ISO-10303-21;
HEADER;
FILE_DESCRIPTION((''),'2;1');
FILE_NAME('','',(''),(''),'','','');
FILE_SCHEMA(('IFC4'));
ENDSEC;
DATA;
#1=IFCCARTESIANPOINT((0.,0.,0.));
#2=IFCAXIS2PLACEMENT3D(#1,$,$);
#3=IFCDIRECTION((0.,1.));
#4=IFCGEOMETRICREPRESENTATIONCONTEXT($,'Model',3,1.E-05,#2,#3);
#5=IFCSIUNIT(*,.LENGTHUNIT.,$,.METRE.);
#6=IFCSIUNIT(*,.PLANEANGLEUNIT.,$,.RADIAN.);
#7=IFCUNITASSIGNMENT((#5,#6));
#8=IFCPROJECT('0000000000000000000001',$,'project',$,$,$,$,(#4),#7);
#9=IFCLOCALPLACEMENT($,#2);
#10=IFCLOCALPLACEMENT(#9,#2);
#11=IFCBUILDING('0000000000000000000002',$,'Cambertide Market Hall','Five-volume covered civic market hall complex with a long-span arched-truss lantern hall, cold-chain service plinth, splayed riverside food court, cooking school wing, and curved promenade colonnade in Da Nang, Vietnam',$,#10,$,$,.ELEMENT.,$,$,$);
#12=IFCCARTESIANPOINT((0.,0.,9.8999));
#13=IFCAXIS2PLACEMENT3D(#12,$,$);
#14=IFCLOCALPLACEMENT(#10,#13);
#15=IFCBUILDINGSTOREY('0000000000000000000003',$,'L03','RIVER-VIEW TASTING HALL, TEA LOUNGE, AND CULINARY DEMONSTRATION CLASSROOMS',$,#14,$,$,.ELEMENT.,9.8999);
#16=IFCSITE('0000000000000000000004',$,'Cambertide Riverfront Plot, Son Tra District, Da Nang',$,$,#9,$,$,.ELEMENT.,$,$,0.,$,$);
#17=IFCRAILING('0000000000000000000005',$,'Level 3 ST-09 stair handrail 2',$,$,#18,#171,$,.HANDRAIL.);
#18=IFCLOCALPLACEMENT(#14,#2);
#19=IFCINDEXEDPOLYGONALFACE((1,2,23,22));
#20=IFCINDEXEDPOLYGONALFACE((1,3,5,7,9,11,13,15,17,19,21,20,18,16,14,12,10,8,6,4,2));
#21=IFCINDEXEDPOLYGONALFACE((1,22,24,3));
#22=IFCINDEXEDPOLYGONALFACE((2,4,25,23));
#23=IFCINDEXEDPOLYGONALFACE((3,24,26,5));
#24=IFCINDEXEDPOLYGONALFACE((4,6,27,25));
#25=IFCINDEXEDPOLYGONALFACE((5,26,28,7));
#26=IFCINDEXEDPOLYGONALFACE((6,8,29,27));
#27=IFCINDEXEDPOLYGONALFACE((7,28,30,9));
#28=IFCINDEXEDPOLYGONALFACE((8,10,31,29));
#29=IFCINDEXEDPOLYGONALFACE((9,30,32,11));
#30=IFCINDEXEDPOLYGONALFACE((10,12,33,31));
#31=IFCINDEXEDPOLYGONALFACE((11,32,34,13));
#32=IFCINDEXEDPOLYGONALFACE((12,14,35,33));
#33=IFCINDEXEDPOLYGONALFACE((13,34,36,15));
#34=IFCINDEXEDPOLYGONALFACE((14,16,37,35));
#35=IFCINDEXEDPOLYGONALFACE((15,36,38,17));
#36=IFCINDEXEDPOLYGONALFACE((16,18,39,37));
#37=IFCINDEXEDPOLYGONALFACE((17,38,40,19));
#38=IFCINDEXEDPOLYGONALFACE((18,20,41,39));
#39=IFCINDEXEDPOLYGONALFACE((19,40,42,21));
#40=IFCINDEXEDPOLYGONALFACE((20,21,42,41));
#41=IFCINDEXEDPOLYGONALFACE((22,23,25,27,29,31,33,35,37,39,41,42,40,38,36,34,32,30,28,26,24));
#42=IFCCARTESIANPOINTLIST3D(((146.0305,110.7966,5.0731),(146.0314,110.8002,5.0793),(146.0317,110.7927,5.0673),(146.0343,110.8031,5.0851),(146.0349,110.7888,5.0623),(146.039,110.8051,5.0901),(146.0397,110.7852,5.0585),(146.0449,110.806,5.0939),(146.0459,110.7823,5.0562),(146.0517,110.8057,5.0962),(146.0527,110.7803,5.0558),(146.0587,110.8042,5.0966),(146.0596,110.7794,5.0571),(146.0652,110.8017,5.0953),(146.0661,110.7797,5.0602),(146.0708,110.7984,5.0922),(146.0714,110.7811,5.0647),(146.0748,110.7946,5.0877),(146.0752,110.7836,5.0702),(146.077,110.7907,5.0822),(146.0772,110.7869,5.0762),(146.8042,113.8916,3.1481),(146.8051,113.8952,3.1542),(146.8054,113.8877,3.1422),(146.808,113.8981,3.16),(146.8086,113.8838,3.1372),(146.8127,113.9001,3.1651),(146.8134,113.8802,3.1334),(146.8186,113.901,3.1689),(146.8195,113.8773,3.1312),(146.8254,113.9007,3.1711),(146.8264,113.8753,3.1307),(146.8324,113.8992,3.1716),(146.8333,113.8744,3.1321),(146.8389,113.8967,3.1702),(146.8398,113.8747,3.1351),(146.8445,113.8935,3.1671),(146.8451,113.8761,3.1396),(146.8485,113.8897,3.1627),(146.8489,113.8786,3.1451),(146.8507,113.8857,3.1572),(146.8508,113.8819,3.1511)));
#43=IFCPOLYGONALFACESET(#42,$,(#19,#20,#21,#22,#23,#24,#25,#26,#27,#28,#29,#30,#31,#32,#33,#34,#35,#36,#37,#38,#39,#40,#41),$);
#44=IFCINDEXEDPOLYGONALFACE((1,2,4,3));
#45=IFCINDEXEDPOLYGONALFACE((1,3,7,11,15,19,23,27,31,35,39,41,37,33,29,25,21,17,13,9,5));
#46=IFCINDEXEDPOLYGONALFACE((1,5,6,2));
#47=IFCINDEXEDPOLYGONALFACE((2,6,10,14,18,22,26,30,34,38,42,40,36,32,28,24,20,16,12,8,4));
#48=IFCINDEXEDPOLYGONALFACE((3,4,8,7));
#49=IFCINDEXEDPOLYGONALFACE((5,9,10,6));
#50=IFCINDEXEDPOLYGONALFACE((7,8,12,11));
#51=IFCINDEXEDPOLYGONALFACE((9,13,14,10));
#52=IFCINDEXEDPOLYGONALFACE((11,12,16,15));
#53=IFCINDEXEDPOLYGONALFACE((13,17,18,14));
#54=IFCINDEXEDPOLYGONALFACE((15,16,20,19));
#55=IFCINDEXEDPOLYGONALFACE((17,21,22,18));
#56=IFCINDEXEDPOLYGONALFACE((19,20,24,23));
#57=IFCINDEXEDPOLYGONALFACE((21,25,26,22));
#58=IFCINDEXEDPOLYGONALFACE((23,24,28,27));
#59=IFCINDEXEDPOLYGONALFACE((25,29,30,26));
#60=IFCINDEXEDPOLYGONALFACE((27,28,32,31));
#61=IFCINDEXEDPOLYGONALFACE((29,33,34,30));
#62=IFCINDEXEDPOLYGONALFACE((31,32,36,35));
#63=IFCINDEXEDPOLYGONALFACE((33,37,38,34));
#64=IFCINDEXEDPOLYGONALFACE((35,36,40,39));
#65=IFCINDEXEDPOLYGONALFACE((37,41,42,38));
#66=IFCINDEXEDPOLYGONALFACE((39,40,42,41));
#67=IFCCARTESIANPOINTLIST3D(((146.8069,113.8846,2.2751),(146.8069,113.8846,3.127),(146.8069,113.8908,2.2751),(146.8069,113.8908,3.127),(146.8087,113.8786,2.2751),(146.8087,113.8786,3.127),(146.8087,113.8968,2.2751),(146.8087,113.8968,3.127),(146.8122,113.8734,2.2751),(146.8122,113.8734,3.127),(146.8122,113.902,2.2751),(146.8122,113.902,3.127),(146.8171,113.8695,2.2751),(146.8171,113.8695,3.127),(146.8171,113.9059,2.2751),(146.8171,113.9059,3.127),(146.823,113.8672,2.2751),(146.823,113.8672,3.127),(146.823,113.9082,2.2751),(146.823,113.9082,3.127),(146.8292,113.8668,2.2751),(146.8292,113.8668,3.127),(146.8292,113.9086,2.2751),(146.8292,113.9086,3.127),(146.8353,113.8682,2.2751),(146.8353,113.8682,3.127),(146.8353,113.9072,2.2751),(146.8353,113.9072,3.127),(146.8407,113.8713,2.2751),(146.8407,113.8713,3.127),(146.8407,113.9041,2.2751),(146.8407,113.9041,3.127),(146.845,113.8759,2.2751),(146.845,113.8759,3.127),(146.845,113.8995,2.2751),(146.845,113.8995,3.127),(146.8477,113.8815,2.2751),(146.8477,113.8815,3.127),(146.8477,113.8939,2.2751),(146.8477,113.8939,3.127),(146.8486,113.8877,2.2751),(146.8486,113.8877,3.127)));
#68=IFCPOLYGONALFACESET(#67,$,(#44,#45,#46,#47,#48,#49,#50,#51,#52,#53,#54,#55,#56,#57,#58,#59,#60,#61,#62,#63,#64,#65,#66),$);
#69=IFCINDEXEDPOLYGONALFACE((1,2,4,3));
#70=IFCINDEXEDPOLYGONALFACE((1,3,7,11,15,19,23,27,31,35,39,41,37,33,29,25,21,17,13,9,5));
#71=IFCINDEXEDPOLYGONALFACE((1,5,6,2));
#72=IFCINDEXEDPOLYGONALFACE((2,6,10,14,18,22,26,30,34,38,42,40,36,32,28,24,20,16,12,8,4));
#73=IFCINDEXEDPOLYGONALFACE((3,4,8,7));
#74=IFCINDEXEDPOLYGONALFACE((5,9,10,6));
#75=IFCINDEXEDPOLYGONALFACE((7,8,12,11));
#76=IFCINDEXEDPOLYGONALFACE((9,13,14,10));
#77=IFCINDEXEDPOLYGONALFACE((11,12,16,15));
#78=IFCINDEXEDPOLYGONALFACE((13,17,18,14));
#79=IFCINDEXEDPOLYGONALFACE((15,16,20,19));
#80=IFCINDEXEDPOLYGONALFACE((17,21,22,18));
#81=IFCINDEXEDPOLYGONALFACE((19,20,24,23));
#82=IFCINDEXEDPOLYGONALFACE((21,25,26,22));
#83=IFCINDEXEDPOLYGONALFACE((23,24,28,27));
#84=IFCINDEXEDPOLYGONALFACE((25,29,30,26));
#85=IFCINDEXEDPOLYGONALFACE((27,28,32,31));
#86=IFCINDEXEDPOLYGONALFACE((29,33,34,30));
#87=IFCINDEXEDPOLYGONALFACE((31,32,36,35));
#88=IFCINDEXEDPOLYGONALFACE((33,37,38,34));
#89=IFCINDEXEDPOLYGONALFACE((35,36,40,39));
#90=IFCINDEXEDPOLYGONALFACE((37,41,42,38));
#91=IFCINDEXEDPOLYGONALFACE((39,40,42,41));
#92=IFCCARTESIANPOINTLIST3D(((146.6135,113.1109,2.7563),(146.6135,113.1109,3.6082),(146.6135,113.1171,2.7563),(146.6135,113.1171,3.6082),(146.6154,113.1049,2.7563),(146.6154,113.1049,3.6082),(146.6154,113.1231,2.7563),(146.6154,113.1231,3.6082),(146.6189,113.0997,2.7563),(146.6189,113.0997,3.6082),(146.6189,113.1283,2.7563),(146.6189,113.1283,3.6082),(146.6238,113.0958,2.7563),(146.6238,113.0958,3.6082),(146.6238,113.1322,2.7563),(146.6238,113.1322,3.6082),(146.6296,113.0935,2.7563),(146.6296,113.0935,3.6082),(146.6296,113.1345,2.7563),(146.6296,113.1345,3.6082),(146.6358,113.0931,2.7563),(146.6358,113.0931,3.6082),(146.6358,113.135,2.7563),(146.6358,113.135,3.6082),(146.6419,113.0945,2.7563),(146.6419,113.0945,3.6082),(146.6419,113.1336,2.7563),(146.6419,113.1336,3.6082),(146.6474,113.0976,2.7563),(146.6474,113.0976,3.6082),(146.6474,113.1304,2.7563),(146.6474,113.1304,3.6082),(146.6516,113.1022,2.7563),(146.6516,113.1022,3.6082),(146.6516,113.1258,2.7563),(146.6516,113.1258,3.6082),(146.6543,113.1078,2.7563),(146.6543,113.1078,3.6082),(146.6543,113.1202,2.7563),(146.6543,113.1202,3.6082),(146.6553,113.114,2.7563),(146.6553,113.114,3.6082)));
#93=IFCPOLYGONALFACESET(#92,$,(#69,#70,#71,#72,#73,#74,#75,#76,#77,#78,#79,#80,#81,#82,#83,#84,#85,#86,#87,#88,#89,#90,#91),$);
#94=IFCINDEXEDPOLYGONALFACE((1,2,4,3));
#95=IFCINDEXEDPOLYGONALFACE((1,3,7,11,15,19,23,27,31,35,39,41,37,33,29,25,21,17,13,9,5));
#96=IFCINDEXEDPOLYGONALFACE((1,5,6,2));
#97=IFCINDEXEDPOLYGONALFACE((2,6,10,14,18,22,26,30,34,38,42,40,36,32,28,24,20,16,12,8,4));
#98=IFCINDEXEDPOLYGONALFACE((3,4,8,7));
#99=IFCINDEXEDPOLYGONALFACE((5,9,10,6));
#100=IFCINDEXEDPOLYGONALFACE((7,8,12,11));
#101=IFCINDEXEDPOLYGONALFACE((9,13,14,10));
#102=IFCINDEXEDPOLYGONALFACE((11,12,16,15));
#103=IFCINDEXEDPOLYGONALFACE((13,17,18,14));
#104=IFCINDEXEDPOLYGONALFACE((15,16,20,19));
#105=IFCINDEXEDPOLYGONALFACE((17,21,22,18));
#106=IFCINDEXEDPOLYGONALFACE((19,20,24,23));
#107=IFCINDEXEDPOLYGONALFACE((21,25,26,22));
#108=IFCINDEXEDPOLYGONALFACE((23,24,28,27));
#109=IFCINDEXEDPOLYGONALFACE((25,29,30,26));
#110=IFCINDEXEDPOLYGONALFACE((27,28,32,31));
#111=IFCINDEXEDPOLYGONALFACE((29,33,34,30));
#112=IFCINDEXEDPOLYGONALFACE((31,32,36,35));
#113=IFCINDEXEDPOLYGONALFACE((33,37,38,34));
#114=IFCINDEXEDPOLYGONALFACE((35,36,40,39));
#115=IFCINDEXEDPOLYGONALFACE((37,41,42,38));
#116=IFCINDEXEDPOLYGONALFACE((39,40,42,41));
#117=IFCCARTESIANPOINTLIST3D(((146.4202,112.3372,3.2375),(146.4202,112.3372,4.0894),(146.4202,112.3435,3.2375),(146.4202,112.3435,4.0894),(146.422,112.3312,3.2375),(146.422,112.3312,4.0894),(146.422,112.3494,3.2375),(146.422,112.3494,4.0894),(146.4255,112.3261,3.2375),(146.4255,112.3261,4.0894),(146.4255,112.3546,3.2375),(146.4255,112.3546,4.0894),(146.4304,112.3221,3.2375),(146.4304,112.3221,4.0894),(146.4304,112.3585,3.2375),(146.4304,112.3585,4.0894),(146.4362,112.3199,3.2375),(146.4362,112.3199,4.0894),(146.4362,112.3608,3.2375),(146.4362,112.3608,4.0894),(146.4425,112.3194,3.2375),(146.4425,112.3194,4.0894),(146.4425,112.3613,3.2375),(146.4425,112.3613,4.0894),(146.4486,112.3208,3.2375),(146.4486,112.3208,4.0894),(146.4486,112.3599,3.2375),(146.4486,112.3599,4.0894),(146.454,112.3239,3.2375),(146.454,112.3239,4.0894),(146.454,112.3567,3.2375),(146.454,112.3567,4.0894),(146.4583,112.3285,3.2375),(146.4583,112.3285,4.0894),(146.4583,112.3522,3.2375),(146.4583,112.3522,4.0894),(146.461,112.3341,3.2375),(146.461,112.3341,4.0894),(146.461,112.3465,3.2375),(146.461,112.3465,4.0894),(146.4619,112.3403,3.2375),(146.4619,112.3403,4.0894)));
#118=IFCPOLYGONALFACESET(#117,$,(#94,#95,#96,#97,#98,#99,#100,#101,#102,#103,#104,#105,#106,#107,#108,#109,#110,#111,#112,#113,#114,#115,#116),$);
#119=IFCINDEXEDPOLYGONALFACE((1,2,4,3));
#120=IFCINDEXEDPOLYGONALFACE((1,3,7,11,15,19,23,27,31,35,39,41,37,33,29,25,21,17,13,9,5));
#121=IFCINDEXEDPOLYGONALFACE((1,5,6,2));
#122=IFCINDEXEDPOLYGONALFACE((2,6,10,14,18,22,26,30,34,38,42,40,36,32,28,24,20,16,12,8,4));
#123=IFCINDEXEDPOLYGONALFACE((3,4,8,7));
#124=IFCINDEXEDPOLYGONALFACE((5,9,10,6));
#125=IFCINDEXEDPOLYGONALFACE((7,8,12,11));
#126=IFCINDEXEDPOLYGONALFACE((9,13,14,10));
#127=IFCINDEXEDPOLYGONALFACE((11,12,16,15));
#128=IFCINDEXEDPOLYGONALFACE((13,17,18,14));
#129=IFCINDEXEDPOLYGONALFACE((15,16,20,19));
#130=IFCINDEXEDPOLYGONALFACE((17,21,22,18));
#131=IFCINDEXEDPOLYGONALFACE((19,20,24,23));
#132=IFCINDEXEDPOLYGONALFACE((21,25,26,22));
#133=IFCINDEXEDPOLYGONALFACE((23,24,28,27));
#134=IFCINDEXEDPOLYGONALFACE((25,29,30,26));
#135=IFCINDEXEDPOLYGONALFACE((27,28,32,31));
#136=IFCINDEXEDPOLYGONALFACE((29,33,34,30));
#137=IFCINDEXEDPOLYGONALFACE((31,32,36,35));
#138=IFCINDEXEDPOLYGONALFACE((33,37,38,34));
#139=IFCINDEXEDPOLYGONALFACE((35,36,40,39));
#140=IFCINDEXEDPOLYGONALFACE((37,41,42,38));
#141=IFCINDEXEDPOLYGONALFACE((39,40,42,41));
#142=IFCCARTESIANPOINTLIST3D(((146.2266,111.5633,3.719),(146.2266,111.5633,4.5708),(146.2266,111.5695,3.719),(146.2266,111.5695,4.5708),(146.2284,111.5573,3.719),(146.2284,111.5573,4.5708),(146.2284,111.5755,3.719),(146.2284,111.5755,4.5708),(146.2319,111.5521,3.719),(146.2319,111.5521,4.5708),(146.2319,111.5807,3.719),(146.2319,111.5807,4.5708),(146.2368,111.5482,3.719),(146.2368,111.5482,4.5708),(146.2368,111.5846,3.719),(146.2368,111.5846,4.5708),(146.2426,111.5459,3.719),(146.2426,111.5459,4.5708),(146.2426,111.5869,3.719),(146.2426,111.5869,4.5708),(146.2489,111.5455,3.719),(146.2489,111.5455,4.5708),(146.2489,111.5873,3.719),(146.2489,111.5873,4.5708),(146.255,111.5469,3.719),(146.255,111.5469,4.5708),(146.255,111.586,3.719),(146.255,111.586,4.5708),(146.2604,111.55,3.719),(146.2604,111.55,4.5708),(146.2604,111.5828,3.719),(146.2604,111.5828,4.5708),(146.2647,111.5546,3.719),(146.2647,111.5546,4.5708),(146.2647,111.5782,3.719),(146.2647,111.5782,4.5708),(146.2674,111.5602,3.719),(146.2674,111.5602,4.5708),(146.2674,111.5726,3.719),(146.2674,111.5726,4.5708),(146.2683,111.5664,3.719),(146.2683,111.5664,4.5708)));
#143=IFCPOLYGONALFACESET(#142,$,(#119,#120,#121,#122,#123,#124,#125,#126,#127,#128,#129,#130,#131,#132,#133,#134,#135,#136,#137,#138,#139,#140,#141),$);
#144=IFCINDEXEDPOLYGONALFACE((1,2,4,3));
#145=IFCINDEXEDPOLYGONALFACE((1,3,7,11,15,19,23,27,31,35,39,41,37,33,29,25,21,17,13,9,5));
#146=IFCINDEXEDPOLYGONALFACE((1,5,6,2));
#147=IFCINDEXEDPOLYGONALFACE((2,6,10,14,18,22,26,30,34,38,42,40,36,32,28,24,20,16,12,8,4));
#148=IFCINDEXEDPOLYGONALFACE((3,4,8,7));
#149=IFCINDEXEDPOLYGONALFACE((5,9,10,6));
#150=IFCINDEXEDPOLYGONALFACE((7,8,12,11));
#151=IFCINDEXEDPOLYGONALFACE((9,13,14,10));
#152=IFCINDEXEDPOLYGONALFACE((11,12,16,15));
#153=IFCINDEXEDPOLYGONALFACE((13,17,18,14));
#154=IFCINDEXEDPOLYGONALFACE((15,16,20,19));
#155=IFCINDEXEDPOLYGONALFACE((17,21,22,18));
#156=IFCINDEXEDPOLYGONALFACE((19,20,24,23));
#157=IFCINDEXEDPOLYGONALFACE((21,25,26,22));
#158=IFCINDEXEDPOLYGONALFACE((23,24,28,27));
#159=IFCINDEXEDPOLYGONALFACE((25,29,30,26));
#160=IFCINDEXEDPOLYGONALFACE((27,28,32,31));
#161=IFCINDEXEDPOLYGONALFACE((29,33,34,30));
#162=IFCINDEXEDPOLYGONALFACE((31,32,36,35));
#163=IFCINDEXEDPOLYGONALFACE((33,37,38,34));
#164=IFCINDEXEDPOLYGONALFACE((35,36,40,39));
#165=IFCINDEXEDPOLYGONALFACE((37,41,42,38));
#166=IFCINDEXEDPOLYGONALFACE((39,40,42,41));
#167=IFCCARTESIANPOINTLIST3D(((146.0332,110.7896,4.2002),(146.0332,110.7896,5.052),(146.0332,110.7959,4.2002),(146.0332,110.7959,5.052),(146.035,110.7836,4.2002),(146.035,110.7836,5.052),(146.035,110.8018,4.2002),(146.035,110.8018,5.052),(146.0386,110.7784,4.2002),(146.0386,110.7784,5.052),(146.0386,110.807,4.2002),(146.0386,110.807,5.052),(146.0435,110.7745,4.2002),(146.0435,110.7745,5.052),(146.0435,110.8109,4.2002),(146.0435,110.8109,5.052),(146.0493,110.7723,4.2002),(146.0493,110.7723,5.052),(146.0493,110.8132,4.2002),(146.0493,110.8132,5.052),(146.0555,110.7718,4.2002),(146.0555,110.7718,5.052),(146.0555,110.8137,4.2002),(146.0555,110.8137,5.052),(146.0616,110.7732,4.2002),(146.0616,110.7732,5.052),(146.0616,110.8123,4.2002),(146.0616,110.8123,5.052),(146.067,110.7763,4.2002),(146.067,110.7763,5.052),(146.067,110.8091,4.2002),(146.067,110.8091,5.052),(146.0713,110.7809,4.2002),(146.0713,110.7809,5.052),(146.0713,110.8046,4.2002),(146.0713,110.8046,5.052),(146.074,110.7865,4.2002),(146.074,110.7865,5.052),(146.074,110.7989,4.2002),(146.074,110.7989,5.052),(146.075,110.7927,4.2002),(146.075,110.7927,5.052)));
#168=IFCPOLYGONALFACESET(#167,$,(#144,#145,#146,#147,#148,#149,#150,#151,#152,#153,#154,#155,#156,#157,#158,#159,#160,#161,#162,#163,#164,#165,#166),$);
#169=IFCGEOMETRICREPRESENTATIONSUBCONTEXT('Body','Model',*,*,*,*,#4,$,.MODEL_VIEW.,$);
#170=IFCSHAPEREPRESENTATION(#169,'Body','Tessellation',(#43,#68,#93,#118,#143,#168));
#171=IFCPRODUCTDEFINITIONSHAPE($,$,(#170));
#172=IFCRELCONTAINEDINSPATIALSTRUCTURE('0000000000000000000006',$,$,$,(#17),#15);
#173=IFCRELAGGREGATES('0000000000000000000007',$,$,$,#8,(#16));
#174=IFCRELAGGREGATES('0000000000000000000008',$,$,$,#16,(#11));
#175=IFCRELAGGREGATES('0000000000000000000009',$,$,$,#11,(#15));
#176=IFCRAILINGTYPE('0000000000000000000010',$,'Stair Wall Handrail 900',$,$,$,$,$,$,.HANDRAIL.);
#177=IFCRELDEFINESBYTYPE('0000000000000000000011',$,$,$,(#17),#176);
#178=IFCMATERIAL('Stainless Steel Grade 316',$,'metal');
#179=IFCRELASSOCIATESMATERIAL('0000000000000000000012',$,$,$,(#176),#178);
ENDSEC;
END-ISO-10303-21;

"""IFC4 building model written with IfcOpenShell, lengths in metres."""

from ifc_helpers import new_model, si_unit, direction, frame, origin, origin_2d, place, context, subcontext, project, spatial, circle, extrude, material, type_object, element, save


model = new_model("IFC4")

# Units and contexts
model_context = context("Model", 3, precision=1e-05, world=origin(), true_north=direction((0.0, 1.0)))
body_context = subcontext(model_context, "Body", "Model", "MODEL_VIEW")
ifc_project = project(units=[si_unit("LENGTHUNIT", "METRE"), si_unit("PLANEANGLEUNIT", "RADIAN")], contexts=[model_context])

# Site, building, storey
site_placement = place(None, origin())
site = spatial("IfcSite", under=ifc_project, at=site_placement, Name="Cambertide Riverfront Plot, Son Tra District, Da Nang", CompositionType="ELEMENT", RefElevation=0.0)
building_placement = place(site_placement, origin())
building = spatial("IfcBuilding", under=site, at=building_placement, Name="Cambertide Market Hall", Description="Five-volume covered civic market hall complex with a long-span arched-truss lantern hall, cold-chain service plinth, splayed riverside food court, cooking school wing, and curved promenade colonnade in Da Nang, Vietnam", CompositionType="ELEMENT")
storey_placement = place(building_placement, frame((0.0, 0.0, 9.8999)))
storey = spatial("IfcBuildingStorey", under=building, at=storey_placement, Name="L03", Description="RIVER-VIEW TASTING HALL, TEA LOUNGE, AND CULINARY DEMONSTRATION CLASSROOMS", CompositionType="ELEMENT", Elevation=9.8999)

# Railing
ifc_material_1 = material(Name="Stainless Steel Grade 316", Category="metal")
railing_type_1 = type_object("IfcRailingType", Name="Stair Wall Handrail 900", PredefinedType="HANDRAIL", material=ifc_material_1)
railing_1_placement = place(storey_placement, frame((146.8276, 113.8877, 2.2751)))
element("IfcRailing", 1, at=railing_1_placement, inside=storey, type_object=railing_type_1, Name="Level 3 ST-09 stair handrail 2", PredefinedType="HANDRAIL", context=body_context, shape_type="SweptSolid", body=[
    extrude(circle(Radius=0.0239, at=origin_2d()), frame((0.0, 0.0, 0.876), z_axis=(-0.207643, -0.830637, 0.51665), x_axis=(0.970147, -0.242518, 0.0)), (0.0, 0.0, 1.0), 3.7261),
    extrude(circle(Radius=0.021, at=origin_2d()), origin(), (0.0, 0.0, 1.0), 0.8518),
    extrude(circle(Radius=0.021, at=origin_2d()), frame((-0.1934, -0.7737, 0.4812)), (0.0, 0.0, 1.0), 0.8518),
    extrude(circle(Radius=0.021, at=origin_2d()), frame((-0.3867, -1.5474, 0.9624)), (0.0, 0.0, 1.0), 0.8518),
    extrude(circle(Radius=0.021, at=origin_2d()), frame((-0.5803, -2.3213, 1.4438)), (0.0, 0.0, 1.0), 0.8518),
    extrude(circle(Radius=0.021, at=origin_2d()), frame((-0.7737, -3.095, 1.925)), (0.0, 0.0, 1.0), 0.8518),
])

save(model, "model.ifc")
